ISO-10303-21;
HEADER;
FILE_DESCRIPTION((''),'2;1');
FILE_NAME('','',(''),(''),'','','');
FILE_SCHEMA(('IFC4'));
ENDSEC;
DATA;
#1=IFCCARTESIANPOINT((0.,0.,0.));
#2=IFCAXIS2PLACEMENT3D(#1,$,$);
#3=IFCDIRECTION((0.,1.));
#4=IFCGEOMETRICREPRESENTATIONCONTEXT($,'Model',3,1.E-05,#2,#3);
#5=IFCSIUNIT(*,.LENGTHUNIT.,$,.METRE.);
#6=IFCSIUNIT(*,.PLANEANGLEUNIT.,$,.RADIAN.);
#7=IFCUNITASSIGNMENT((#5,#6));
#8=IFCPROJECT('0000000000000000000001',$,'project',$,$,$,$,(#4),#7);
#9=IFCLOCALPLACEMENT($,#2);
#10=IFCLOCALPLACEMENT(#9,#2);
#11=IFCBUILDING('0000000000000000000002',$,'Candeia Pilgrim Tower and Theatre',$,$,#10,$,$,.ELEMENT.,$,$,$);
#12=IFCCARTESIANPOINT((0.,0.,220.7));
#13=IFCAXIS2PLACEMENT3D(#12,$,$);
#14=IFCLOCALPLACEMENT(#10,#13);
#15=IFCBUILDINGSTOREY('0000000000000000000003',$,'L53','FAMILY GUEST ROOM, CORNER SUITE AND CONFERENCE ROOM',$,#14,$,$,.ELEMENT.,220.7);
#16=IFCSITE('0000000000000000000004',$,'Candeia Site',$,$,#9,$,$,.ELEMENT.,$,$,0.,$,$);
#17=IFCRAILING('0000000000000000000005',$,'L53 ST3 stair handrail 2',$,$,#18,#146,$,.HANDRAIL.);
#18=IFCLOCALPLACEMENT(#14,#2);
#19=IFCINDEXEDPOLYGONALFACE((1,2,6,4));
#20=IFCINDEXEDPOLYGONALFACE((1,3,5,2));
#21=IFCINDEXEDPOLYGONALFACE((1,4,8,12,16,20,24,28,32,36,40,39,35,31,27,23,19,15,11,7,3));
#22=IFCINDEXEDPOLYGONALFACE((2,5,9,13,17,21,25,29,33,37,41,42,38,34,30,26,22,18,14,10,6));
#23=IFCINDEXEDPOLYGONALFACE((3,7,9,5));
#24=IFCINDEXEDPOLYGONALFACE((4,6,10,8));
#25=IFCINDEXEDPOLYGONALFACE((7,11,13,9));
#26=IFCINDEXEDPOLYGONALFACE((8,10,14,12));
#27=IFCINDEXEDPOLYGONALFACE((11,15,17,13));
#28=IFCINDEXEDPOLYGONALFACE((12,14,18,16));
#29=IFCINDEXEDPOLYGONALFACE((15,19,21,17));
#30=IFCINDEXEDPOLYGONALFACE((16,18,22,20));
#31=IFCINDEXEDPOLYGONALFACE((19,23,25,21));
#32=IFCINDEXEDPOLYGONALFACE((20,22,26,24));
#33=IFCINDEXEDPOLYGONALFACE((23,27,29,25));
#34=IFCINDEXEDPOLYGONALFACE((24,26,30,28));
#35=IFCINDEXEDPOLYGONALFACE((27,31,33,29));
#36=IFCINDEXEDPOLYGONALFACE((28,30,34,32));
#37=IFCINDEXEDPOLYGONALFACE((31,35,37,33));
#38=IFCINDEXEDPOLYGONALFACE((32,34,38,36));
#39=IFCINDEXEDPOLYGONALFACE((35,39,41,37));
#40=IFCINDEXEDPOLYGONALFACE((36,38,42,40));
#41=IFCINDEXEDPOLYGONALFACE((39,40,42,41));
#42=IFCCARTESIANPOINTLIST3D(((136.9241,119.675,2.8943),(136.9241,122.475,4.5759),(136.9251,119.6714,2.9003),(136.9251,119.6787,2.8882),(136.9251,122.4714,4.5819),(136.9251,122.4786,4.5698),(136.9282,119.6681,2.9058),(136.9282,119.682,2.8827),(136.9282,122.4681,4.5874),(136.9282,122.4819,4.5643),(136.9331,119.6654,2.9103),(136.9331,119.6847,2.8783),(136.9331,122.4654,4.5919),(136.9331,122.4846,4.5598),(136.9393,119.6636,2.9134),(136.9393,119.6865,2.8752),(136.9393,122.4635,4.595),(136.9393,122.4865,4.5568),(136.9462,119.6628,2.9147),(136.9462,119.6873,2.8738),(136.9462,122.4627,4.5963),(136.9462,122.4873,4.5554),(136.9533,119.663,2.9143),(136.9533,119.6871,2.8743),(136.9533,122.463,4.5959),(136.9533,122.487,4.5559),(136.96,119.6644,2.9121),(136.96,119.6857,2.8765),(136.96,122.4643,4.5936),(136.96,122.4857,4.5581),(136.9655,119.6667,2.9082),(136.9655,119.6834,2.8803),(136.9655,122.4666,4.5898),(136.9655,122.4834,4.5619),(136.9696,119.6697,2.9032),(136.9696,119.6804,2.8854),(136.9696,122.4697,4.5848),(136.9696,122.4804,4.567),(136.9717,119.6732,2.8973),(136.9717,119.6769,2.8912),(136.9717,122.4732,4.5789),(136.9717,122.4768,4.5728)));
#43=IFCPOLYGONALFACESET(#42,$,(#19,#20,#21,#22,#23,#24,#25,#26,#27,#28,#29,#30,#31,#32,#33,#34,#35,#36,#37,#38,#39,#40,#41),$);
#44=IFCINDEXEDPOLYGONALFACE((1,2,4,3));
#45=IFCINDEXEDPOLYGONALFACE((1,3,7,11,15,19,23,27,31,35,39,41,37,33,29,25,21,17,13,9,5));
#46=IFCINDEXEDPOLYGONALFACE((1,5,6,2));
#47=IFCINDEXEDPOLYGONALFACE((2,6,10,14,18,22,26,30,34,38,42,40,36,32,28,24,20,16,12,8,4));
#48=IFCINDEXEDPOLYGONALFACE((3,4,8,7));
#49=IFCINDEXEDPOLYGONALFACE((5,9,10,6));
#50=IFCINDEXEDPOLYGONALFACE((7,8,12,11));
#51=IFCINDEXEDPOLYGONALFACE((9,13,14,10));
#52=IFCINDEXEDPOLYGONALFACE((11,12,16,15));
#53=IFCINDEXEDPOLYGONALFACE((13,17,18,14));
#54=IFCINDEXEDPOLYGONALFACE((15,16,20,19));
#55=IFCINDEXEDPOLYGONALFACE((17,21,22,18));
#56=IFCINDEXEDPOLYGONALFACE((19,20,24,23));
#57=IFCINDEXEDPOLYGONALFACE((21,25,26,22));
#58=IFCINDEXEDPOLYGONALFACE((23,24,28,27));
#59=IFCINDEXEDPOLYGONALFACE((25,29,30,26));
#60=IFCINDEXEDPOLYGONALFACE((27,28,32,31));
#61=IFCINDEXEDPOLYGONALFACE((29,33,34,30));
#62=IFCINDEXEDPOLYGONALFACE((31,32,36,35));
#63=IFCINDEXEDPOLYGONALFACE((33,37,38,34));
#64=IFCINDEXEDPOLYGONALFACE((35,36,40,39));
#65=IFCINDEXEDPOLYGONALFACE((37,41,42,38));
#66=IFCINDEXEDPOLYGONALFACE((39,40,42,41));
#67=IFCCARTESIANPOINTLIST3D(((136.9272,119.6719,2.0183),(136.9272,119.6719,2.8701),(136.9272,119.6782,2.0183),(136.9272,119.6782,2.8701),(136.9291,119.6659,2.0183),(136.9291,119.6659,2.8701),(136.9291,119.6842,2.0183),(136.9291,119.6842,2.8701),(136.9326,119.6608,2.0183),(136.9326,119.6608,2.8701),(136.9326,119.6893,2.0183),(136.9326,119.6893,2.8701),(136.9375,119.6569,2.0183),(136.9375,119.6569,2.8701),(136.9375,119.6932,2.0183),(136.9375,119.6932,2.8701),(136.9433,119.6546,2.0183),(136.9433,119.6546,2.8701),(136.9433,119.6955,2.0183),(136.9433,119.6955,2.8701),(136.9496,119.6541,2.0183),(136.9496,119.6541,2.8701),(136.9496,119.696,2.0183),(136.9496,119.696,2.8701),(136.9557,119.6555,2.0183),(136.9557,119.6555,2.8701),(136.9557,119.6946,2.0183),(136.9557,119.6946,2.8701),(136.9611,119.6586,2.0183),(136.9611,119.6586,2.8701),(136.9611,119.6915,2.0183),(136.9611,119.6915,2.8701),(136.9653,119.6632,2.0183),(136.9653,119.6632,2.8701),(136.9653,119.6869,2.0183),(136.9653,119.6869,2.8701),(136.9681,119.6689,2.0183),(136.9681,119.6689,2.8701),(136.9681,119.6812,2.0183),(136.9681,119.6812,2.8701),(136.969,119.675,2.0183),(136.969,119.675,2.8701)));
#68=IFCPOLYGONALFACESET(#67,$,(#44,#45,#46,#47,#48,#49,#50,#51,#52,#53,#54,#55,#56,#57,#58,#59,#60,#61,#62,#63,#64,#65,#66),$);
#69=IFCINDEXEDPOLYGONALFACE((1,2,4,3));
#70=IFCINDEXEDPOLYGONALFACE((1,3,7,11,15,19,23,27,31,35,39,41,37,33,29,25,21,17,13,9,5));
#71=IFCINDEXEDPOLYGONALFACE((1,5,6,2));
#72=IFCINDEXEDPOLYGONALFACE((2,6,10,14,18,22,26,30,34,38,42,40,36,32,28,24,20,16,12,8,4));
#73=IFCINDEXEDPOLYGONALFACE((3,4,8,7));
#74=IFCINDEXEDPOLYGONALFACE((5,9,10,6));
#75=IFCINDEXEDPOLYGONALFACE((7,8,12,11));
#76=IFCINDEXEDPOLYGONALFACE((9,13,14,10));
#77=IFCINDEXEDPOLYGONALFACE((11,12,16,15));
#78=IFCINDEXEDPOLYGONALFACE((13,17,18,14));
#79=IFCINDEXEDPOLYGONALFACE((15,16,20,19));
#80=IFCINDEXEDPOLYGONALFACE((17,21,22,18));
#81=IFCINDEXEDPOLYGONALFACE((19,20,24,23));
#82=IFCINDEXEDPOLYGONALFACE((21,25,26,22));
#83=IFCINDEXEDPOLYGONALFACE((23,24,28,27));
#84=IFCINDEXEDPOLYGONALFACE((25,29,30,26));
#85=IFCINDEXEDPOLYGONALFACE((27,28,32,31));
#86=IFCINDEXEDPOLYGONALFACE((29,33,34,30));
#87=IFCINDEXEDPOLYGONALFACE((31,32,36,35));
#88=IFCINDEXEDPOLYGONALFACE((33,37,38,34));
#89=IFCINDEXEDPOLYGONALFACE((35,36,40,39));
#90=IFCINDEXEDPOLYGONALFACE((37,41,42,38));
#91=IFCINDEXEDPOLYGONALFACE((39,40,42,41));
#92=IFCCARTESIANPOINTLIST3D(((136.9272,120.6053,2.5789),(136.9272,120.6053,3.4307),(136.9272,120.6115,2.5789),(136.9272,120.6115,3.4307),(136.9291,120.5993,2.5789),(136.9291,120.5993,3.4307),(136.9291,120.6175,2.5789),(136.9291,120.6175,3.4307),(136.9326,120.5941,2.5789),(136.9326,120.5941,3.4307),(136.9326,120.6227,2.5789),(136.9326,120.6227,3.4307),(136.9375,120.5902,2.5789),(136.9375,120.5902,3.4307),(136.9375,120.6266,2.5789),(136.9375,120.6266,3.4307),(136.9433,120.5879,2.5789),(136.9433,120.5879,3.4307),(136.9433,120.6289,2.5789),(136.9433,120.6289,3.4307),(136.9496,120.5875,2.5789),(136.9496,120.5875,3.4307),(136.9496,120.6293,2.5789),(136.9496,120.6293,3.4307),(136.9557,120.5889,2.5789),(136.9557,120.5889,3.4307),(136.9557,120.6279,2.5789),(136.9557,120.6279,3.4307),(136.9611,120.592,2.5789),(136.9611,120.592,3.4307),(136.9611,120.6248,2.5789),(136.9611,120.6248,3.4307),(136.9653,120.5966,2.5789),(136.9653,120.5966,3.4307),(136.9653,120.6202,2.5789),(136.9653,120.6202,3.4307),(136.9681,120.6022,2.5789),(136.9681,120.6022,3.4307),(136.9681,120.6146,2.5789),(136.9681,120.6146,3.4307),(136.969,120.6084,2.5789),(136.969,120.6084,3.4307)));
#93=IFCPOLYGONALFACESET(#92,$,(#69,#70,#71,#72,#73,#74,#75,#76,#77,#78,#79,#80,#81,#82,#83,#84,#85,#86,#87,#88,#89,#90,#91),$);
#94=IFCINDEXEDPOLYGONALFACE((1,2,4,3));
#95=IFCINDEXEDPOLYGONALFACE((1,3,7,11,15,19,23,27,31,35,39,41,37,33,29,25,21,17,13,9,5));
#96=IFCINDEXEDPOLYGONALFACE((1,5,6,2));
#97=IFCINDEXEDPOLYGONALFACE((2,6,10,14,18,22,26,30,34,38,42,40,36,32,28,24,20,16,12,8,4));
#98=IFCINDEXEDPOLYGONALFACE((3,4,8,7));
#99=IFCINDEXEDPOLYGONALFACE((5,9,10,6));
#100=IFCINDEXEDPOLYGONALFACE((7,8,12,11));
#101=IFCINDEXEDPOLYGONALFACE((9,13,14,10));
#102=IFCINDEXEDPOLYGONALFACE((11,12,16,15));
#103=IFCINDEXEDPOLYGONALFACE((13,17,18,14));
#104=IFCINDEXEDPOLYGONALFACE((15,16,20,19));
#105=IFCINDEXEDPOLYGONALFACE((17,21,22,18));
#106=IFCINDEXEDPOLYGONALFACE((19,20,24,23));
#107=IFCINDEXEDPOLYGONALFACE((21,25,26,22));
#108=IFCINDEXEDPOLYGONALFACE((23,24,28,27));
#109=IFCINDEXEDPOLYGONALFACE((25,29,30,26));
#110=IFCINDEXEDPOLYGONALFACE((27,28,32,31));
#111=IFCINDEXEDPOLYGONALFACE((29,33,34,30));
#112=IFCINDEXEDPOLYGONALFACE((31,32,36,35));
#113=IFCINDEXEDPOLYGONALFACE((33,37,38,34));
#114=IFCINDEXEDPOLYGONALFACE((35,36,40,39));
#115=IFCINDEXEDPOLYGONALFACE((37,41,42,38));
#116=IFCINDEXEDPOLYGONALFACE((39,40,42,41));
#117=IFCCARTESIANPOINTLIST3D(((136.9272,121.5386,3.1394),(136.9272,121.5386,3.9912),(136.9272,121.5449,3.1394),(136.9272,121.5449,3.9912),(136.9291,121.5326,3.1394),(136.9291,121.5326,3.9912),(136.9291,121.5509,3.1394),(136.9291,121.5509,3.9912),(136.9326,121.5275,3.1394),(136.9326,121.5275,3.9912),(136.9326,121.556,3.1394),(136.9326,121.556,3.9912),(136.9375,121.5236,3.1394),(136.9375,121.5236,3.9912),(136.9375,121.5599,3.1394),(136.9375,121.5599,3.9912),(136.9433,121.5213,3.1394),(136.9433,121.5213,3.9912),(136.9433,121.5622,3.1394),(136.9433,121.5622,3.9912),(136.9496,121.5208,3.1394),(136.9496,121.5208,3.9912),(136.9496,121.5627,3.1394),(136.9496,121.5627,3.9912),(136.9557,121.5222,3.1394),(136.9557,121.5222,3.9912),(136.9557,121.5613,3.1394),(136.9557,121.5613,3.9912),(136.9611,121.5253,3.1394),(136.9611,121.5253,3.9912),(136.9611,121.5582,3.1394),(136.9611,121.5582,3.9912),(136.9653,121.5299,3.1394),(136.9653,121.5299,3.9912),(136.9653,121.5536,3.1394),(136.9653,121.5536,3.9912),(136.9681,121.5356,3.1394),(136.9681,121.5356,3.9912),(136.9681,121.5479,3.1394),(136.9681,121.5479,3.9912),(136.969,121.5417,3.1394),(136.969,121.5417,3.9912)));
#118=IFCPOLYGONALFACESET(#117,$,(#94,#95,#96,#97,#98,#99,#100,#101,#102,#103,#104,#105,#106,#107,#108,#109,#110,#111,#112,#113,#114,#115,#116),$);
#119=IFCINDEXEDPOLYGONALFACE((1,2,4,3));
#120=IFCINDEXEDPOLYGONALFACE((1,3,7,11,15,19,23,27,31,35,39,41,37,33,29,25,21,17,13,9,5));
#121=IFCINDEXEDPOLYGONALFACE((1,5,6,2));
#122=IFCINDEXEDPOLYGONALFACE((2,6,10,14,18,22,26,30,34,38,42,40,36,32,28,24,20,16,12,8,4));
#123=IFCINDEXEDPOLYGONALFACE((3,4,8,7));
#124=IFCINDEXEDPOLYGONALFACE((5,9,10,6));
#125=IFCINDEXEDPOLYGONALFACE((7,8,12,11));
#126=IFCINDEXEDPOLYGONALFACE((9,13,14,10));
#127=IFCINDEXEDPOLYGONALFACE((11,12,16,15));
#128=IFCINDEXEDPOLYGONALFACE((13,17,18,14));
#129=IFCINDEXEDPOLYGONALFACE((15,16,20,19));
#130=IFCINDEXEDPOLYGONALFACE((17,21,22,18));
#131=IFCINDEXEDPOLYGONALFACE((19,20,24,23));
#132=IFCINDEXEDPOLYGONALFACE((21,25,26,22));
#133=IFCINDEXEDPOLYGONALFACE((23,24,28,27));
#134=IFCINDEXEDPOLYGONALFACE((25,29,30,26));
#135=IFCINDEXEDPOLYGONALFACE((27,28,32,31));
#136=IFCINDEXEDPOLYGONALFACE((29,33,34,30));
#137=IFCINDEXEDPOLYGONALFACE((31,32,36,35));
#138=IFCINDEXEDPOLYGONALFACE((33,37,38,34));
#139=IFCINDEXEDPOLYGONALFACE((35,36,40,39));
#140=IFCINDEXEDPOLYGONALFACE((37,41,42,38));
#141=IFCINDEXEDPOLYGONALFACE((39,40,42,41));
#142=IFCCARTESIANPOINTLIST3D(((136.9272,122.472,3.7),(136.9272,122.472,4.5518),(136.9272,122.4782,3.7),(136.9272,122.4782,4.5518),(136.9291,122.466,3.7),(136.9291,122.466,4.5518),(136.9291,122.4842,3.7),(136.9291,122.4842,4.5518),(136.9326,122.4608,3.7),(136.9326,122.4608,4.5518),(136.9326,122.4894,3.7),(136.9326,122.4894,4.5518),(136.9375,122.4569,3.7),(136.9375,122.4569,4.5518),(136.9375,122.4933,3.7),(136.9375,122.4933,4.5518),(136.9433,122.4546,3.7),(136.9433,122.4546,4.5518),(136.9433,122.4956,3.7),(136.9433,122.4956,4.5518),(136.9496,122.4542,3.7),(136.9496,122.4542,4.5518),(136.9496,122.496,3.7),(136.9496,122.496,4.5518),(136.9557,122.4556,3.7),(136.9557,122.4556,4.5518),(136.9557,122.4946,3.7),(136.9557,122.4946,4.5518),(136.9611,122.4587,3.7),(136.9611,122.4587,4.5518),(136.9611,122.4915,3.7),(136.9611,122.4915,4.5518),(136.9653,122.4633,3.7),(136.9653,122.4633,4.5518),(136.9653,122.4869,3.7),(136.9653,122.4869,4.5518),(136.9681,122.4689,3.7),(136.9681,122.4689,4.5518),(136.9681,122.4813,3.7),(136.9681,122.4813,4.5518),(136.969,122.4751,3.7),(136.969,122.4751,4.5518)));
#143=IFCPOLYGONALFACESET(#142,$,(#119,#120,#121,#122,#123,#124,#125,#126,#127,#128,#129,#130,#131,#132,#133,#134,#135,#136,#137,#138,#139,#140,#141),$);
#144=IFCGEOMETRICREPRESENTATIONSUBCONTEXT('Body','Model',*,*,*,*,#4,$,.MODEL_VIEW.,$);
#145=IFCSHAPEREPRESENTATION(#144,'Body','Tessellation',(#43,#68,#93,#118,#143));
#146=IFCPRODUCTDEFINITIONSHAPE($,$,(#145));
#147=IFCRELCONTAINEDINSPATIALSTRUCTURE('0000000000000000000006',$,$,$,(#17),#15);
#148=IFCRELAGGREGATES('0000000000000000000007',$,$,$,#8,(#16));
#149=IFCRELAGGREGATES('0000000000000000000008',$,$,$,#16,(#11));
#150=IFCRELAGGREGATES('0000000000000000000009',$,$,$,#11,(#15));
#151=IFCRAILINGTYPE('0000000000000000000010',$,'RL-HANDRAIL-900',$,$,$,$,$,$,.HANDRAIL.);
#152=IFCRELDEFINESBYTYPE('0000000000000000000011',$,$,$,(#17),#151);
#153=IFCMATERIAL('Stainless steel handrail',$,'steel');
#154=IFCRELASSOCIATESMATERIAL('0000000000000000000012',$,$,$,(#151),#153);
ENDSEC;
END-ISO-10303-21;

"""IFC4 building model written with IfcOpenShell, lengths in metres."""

from ifc_helpers import new_model, si_unit, direction, frame, origin, origin_2d, place, context, subcontext, project, spatial, circle, extrude, material, type_object, element, save


model = new_model("IFC4")

# Units and contexts
model_context = context("Model", 3, precision=1e-05, world=origin(), true_north=direction((0.0, 1.0)))
body_context = subcontext(model_context, "Body", "Model", "MODEL_VIEW")
ifc_project = project(units=[si_unit("LENGTHUNIT", "METRE"), si_unit("PLANEANGLEUNIT", "RADIAN")], contexts=[model_context])

# Site, building, storey
site_placement = place(None, origin())
site = spatial("IfcSite", under=ifc_project, at=site_placement, Name="Candeia Site", CompositionType="ELEMENT", RefElevation=0.0)
building_placement = place(site_placement, origin())
building = spatial("IfcBuilding", under=site, at=building_placement, Name="Candeia Pilgrim Tower and Theatre", CompositionType="ELEMENT")
storey_placement = place(building_placement, frame((0.0, 0.0, 220.7)))
storey = spatial("IfcBuildingStorey", under=building, at=storey_placement, Name="L53", Description="FAMILY GUEST ROOM, CORNER SUITE AND CONFERENCE ROOM", CompositionType="ELEMENT", Elevation=220.7)

# Railing
ifc_material_1 = material(Name="Stainless steel handrail", Category="steel")
railing_type_1 = type_object("IfcRailingType", Name="RL-HANDRAIL-900", PredefinedType="HANDRAIL", material=ifc_material_1)
railing_1_placement = place(storey_placement, frame((136.948, 119.675, 2.0183)))
element("IfcRailing", 1, at=railing_1_placement, inside=storey, type_object=railing_type_1, Name="L53 ST3 stair handrail 2", PredefinedType="HANDRAIL", context=body_context, shape_type="SweptSolid", body=[
    extrude(circle(Radius=0.0239, at=origin_2d()), frame((0.0, 0.0, 0.876), z_axis=(0.0, 0.857275, 0.514858), x_axis=(-1.0, 0.0, 0.0)), (0.0, 0.0, 1.0), 3.2661),
    extrude(circle(Radius=0.021, at=origin_2d()), origin(), (0.0, 0.0, 1.0), 0.8518),
    extrude(circle(Radius=0.021, at=origin_2d()), frame((0.0, 0.9333, 0.5605)), (0.0, 0.0, 1.0), 0.8518),
    extrude(circle(Radius=0.021, at=origin_2d()), frame((0.0, 1.8667, 1.1211)), (0.0, 0.0, 1.0), 0.8518),
    extrude(circle(Radius=0.021, at=origin_2d()), frame((0.0, 2.8, 1.6816)), (0.0, 0.0, 1.0), 0.8518),
])

save(model, "model.ifc")
